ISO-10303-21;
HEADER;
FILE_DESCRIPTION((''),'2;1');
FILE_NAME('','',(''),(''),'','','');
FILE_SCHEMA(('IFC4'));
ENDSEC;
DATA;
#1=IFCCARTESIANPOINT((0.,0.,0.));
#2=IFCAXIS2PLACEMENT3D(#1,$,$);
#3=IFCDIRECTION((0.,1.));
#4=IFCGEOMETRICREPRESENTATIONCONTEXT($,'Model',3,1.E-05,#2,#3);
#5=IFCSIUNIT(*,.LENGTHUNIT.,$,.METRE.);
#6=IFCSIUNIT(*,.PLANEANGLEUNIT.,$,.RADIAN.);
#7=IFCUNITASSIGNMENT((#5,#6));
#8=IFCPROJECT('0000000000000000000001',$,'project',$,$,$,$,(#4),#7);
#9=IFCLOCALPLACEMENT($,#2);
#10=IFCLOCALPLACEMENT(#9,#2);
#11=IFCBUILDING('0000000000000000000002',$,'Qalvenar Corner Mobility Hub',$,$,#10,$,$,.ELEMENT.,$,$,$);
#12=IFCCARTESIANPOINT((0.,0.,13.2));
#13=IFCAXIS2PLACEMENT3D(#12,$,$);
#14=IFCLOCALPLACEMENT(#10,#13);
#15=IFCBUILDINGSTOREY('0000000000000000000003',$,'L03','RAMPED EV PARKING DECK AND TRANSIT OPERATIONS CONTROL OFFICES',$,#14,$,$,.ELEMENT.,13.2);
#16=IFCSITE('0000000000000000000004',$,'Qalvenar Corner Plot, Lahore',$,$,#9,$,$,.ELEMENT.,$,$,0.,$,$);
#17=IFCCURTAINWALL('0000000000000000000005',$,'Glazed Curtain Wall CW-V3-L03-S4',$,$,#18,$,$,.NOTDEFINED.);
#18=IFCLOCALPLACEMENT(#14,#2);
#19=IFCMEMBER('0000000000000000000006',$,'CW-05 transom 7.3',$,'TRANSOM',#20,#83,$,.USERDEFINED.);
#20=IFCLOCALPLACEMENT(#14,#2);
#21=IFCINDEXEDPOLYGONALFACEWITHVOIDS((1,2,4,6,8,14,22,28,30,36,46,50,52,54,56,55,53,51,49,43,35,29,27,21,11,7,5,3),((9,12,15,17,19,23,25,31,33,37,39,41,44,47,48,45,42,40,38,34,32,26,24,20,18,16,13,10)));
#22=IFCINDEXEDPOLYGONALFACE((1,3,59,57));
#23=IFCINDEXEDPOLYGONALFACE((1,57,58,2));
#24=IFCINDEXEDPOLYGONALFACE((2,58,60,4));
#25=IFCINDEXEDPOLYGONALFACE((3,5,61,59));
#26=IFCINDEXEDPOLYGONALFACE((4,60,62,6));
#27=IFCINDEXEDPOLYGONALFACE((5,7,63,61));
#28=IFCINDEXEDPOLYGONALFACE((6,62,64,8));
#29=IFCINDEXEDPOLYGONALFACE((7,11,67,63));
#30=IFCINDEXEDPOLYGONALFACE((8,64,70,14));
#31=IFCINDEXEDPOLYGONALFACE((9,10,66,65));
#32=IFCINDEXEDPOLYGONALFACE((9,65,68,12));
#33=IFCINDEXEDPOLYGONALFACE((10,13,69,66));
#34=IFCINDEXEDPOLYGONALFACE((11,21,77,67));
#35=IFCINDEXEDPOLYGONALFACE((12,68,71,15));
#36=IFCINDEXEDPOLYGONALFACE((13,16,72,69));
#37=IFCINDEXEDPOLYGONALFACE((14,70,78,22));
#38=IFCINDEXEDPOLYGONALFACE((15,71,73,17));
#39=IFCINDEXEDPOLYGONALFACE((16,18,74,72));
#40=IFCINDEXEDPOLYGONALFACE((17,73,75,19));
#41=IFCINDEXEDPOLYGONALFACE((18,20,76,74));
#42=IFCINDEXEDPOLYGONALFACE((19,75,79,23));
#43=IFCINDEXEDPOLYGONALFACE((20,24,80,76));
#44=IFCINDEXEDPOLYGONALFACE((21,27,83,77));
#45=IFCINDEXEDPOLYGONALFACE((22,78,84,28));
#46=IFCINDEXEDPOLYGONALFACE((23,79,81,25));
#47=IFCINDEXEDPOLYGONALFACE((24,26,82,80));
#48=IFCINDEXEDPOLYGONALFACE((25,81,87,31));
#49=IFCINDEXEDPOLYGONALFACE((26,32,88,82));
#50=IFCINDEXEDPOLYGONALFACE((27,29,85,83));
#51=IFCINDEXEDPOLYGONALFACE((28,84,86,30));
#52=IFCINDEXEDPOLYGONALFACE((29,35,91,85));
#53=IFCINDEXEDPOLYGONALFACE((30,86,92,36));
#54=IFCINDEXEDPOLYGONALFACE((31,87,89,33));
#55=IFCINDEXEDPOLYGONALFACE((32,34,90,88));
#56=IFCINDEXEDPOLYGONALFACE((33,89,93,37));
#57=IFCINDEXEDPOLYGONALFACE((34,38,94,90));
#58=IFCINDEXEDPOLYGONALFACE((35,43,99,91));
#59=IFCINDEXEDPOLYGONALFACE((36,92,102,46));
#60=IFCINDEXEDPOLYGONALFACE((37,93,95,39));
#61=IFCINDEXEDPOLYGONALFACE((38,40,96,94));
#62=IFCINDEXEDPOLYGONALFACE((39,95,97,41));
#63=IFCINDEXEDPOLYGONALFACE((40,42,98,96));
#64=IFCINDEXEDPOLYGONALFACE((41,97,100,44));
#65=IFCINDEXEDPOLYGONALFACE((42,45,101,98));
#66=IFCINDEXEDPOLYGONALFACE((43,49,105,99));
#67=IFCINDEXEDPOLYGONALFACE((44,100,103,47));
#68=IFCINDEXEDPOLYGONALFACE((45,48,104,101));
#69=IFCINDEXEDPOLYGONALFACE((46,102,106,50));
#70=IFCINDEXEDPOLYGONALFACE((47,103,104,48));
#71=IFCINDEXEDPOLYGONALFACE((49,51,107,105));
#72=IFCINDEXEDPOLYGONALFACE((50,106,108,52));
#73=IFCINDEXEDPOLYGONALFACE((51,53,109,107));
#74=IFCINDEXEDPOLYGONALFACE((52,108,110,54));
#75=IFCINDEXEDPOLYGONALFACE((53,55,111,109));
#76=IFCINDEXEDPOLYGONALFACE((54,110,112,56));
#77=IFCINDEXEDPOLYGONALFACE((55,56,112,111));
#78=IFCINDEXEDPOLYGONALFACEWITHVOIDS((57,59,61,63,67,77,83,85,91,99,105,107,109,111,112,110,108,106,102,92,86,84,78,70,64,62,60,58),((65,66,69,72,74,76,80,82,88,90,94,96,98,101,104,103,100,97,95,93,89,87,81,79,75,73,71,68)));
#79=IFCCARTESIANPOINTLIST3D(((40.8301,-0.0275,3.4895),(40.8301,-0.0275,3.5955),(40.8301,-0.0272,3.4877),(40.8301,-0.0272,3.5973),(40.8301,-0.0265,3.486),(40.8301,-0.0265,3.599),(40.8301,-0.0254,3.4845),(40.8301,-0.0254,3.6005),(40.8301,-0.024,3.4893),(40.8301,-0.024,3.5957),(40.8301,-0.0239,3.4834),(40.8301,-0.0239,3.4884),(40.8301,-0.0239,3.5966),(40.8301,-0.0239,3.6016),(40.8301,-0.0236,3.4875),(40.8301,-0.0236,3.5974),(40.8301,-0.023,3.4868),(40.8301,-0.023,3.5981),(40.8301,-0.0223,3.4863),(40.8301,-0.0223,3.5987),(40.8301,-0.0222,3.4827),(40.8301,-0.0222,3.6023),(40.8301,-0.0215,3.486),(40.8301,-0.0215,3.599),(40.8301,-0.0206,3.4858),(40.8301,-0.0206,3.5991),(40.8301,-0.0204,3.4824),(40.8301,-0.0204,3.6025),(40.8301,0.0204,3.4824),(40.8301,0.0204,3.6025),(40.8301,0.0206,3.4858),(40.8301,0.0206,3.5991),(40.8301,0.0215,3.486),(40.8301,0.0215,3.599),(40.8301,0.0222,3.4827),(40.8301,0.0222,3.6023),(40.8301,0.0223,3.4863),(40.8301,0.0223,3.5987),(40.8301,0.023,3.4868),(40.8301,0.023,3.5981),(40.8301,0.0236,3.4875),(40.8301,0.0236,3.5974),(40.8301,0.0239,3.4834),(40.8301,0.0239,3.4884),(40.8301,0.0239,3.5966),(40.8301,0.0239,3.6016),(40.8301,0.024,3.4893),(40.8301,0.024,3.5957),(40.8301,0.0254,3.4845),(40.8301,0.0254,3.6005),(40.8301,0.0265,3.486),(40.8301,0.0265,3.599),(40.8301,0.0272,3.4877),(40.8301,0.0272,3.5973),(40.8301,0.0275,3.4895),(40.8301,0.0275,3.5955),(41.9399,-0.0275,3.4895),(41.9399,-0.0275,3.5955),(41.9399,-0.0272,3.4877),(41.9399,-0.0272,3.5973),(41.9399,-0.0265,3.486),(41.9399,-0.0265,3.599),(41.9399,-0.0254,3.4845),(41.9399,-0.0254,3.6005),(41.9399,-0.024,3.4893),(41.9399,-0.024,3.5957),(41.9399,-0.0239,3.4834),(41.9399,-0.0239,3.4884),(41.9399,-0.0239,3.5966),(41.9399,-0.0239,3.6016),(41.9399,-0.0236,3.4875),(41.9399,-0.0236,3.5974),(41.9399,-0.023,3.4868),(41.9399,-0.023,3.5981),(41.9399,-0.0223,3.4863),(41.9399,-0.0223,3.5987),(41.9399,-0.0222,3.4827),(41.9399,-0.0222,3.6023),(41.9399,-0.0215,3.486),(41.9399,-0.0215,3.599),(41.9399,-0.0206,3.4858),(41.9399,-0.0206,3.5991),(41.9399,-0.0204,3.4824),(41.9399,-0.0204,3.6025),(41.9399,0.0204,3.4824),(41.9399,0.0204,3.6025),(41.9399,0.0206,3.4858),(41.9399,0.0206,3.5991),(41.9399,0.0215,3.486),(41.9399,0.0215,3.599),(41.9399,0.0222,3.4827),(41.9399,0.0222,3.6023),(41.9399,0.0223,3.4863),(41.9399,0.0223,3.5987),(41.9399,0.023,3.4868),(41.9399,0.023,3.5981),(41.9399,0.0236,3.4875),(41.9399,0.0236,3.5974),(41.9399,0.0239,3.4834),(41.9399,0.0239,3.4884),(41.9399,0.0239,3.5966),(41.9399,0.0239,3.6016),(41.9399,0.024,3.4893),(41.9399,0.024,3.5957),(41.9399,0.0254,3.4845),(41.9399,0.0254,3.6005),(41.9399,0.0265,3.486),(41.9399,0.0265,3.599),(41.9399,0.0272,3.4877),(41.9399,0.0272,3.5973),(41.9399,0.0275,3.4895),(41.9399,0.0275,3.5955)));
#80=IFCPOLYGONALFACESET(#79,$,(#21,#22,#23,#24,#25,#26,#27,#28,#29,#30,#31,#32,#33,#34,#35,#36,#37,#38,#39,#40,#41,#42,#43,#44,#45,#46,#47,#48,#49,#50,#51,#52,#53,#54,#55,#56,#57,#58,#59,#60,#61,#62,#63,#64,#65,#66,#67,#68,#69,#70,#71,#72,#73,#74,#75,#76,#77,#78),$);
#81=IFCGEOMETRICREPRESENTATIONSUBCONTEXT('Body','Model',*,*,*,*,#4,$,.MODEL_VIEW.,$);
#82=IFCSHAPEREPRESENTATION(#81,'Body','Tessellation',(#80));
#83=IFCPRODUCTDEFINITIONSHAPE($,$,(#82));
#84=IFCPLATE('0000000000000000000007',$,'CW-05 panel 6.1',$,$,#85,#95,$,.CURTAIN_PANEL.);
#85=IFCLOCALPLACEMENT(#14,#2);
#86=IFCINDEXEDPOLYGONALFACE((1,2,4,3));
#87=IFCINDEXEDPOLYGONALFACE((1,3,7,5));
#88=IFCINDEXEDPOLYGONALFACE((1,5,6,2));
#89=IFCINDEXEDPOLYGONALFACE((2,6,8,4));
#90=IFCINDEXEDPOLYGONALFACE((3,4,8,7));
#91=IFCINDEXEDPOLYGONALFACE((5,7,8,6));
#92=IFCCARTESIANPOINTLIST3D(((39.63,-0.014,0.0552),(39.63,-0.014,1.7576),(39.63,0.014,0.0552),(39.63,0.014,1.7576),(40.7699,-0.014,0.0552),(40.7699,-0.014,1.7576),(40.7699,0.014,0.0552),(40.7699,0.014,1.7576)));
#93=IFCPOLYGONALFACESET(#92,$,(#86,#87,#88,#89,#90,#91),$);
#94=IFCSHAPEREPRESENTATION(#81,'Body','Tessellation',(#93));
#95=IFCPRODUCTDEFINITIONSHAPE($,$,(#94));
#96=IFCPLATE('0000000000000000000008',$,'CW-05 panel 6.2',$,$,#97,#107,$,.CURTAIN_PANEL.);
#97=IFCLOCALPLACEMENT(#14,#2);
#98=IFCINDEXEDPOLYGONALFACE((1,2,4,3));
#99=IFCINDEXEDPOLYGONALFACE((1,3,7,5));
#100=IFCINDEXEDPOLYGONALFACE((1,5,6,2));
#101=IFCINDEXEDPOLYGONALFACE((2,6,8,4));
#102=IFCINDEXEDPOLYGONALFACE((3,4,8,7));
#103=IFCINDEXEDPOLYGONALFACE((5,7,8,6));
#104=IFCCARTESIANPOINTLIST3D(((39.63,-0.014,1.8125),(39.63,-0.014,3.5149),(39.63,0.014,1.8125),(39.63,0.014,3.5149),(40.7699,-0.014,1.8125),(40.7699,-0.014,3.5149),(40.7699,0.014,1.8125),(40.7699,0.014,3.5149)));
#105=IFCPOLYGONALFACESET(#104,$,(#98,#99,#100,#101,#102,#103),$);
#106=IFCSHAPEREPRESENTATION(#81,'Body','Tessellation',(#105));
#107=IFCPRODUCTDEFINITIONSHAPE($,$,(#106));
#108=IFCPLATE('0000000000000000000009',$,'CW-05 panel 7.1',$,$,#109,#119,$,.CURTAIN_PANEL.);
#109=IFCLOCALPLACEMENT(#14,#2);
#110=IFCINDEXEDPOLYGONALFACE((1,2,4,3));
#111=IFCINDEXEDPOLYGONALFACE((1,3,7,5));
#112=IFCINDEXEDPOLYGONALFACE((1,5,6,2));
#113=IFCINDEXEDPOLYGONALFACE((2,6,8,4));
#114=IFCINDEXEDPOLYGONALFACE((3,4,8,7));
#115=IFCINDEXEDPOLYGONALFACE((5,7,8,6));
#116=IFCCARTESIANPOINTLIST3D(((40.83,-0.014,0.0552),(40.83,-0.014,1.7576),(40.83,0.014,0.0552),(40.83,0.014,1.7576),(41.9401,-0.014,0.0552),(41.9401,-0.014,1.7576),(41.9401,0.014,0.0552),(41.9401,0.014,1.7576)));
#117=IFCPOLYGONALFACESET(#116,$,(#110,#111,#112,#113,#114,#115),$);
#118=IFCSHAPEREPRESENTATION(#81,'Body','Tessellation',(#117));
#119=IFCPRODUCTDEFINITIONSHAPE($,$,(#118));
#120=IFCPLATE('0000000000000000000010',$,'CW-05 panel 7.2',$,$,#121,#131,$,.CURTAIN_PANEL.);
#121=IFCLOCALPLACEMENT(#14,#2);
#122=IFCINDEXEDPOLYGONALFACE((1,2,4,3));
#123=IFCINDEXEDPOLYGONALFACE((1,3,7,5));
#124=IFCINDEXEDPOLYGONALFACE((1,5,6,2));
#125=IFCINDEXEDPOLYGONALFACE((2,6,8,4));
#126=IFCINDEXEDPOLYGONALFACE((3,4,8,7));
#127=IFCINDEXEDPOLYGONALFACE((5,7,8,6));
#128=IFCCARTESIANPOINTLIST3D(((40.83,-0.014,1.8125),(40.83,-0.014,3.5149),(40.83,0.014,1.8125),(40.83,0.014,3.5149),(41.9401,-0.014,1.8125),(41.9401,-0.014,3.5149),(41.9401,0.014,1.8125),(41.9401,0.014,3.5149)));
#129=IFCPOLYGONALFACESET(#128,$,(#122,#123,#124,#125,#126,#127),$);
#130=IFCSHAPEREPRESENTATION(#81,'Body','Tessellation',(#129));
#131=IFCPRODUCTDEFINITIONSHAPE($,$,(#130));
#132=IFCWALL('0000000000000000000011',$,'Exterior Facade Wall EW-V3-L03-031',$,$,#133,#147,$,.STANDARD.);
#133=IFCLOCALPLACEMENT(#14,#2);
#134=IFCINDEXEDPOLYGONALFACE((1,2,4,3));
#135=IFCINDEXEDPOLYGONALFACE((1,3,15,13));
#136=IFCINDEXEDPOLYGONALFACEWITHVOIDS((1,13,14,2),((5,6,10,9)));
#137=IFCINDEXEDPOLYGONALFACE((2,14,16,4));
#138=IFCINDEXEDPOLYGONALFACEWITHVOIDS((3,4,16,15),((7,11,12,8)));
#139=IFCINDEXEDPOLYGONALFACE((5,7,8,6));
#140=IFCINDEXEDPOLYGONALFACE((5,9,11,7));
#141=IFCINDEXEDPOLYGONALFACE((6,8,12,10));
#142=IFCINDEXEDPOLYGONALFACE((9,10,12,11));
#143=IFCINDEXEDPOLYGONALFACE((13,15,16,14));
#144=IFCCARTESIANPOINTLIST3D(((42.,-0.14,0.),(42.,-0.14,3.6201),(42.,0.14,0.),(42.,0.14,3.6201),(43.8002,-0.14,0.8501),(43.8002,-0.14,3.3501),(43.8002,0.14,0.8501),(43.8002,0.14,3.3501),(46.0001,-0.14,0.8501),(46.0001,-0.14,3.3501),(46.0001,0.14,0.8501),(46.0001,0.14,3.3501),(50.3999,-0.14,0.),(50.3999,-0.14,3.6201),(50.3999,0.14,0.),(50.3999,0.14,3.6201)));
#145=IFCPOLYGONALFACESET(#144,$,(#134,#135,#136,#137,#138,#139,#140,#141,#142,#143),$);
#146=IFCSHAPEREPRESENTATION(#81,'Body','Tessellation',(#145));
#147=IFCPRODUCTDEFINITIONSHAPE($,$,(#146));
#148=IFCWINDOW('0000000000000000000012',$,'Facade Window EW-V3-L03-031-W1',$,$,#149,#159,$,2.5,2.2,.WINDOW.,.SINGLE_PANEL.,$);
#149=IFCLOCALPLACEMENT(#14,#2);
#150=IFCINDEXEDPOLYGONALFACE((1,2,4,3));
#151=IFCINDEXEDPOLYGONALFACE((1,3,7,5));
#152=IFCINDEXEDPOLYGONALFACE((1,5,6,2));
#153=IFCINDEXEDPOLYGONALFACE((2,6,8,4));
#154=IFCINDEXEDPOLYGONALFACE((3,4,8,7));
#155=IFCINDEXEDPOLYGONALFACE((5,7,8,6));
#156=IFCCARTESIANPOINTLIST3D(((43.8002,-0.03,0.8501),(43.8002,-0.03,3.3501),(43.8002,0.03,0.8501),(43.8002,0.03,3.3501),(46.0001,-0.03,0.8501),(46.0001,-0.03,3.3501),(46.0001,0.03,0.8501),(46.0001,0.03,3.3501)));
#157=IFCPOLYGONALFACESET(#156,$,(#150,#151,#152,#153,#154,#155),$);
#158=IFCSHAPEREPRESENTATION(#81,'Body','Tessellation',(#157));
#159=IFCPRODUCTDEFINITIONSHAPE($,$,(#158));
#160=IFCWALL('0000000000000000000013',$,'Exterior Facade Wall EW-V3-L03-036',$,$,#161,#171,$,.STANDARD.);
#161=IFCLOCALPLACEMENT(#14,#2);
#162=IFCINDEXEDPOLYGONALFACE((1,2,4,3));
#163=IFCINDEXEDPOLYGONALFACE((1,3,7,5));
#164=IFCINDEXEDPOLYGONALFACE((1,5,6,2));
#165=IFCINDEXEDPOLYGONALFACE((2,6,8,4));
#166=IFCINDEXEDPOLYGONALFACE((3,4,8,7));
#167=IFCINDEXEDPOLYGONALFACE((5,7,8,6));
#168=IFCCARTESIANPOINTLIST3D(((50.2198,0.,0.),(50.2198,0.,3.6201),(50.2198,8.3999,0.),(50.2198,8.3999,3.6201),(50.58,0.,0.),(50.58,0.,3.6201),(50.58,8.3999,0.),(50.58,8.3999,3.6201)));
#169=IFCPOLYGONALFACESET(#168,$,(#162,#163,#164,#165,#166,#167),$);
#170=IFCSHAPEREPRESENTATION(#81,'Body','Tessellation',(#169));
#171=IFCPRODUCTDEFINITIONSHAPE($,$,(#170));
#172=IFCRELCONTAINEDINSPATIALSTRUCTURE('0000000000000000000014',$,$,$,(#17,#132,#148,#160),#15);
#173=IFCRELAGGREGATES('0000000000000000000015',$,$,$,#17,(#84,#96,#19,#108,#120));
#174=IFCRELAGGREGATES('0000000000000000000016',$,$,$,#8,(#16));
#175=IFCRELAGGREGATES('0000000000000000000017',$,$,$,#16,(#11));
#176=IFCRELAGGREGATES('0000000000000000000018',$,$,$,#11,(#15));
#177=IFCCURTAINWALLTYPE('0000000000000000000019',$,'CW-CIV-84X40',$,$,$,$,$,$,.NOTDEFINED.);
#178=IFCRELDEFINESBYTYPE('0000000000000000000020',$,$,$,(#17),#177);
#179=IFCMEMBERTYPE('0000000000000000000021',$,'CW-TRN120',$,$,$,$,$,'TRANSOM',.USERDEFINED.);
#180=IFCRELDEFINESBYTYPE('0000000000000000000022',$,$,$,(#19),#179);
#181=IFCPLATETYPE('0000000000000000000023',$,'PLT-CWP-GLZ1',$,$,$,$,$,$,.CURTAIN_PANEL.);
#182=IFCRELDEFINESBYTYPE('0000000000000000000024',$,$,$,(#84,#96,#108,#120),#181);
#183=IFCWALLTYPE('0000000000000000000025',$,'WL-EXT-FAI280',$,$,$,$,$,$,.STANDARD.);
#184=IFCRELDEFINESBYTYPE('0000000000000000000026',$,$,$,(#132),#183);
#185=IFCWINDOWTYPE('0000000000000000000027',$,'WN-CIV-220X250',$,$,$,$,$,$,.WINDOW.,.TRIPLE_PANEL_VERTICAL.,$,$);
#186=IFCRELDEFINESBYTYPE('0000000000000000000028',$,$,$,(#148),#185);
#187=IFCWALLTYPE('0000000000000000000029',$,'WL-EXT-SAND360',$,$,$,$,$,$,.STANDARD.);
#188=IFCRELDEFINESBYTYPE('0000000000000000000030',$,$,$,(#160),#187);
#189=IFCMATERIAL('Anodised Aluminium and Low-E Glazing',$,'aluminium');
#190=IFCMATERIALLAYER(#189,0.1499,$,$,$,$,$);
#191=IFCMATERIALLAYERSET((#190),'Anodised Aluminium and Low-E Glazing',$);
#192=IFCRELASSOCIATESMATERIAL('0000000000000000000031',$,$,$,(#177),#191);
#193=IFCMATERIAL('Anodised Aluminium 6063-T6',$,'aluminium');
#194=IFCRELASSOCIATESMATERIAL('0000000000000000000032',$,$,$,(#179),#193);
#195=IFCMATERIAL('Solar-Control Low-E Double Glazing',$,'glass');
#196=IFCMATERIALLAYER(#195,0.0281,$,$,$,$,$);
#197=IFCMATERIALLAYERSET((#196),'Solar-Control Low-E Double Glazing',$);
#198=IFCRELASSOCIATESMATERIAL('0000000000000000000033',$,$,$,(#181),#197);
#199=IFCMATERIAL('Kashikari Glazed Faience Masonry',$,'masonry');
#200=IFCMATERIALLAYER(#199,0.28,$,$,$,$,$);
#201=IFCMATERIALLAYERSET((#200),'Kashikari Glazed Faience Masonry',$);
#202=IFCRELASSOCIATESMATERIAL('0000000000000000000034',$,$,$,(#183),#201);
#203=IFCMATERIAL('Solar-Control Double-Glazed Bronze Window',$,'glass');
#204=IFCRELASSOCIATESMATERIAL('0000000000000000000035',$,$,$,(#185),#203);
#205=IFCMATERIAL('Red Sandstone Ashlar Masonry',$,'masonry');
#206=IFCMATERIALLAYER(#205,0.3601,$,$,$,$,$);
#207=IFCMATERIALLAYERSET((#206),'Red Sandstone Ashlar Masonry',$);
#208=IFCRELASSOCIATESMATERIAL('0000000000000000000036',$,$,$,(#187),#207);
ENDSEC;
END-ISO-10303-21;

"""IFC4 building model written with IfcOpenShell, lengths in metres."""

from ifc_helpers import new_model, si_unit, direction, frame, frame_2d, origin, origin_2d, place, context, subcontext, project, spatial, rectangle, hollow_rectangle, extrude, material, layer, layer_set, material_profile, profile_set, type_object, element, fill, aggregate, save


model = new_model("IFC4")

# Units and contexts
model_context = context("Model", 3, precision=1e-05, world=origin(), true_north=direction((0.0, 1.0)))
body_context = subcontext(model_context, "Body", "Model", "MODEL_VIEW")
ifc_project = project(units=[si_unit("LENGTHUNIT", "METRE"), si_unit("PLANEANGLEUNIT", "RADIAN")], contexts=[model_context])

# Site, building, storey
site_placement = place(None, origin())
site = spatial("IfcSite", under=ifc_project, at=site_placement, Name="Qalvenar Corner Plot, Lahore", CompositionType="ELEMENT", RefElevation=0.0)
building_placement = place(site_placement, origin())
building = spatial("IfcBuilding", under=site, at=building_placement, Name="Qalvenar Corner Mobility Hub", CompositionType="ELEMENT")
storey_placement = place(building_placement, frame((0.0, 0.0, 13.2)))
storey = spatial("IfcBuildingStorey", under=building, at=storey_placement, Name="L03", Description="RAMPED EV PARKING DECK AND TRANSIT OPERATIONS CONTROL OFFICES", CompositionType="ELEMENT", Elevation=13.2)

# Curtain wall, member, plates
ifc_material_1 = material(Name="Anodised Aluminium and Low-E Glazing", Category="aluminium")
ifc_layer_1 = layer(ifc_material_1, 0.1499)
ifc_layer_set_1 = layer_set([ifc_layer_1], Name="Anodised Aluminium and Low-E Glazing")
curtain_wall_type = type_object("IfcCurtainWallType", Name="CW-CIV-84X40", PredefinedType="NOTDEFINED", material=ifc_layer_set_1)
curtain_wall_placement = place(storey_placement, origin())
curtain_wall = element("IfcCurtainWall", 1, at=curtain_wall_placement, inside=storey, type_object=curtain_wall_type, Name="Glazed Curtain Wall CW-V3-L03-S4", PredefinedType="NOTDEFINED")
ifc_material_2 = material(Name="Anodised Aluminium 6063-T6", Category="aluminium")
ifc_material_profile_1 = material_profile(ifc_material_2, hollow_rectangle(XDim=0.0549, YDim=0.1201, WallThickness=0.0034, InnerFilletRadius=0.0034, OuterFilletRadius=0.0071, at=origin_2d()), Name="RHS120x55x3.5")
ifc_profile_set_1 = profile_set([ifc_material_profile_1], Name="Anodised Aluminium 6063-T6")
member_type_1 = type_object("IfcMemberType", Name="CW-TRN120", ElementType="TRANSOM", PredefinedType="USERDEFINED", material=ifc_profile_set_1)
member_1_placement = place(storey_placement, frame((40.8301, 0.0, 3.5425), z_axis=(1.0, 0.0, 0.0), x_axis=(0.0, 1.0, 0.0)))
member_1 = element("IfcMember", 2, at=member_1_placement, type_object=member_type_1, Name="CW-05 transom 7.3", ObjectType="TRANSOM", PredefinedType="USERDEFINED", context=body_context, shape_type="SweptSolid", body=[
    extrude(hollow_rectangle(XDim=0.0549, YDim=0.1201, WallThickness=0.0034, InnerFilletRadius=0.0034, OuterFilletRadius=0.0071, at=origin_2d()), origin(), (0.0, 0.0, 1.0), 1.1099),
])
ifc_material_3 = material(Name="Solar-Control Low-E Double Glazing", Category="glass")
ifc_layer_2 = layer(ifc_material_3, 0.0281)
ifc_layer_set_2 = layer_set([ifc_layer_2], Name="Solar-Control Low-E Double Glazing")
plate_type = type_object("IfcPlateType", Name="PLT-CWP-GLZ1", PredefinedType="CURTAIN_PANEL", material=ifc_layer_set_2)
plate_1_placement = place(storey_placement, frame((40.2, 0.0, 0.0552), z_axis=(0.0, 0.0, 1.0), x_axis=(1.0, 0.0, 0.0)))
plate_1 = element("IfcPlate", 3, at=plate_1_placement, type_object=plate_type, Name="CW-05 panel 6.1", PredefinedType="CURTAIN_PANEL", context=body_context, shape_type="SweptSolid", body=[
    extrude(rectangle(XDim=1.1399, YDim=0.0281, at=origin_2d()), origin(), (0.0, 0.0, 1.0), 1.7024),
])
plate_2_placement = place(storey_placement, frame((40.2, 0.0, 1.8125), z_axis=(0.0, 0.0, 1.0), x_axis=(1.0, 0.0, 0.0)))
plate_2 = element("IfcPlate", 4, at=plate_2_placement, type_object=plate_type, Name="CW-05 panel 6.2", PredefinedType="CURTAIN_PANEL", context=body_context, shape_type="SweptSolid", body=[
    extrude(rectangle(XDim=1.1399, YDim=0.0281, at=origin_2d()), origin(), (0.0, 0.0, 1.0), 1.7024),
])
plate_3_placement = place(storey_placement, frame((41.385, 0.0, 0.0552), z_axis=(0.0, 0.0, 1.0), x_axis=(1.0, 0.0, 0.0)))
plate_3 = element("IfcPlate", 5, at=plate_3_placement, type_object=plate_type, Name="CW-05 panel 7.1", PredefinedType="CURTAIN_PANEL", context=body_context, shape_type="SweptSolid", body=[
    extrude(rectangle(XDim=1.1101, YDim=0.0281, at=origin_2d()), origin(), (0.0, 0.0, 1.0), 1.7024),
])
plate_4_placement = place(storey_placement, frame((41.385, 0.0, 1.8125), z_axis=(0.0, 0.0, 1.0), x_axis=(1.0, 0.0, 0.0)))
plate_4 = element("IfcPlate", 6, at=plate_4_placement, type_object=plate_type, Name="CW-05 panel 7.2", PredefinedType="CURTAIN_PANEL", context=body_context, shape_type="SweptSolid", body=[
    extrude(rectangle(XDim=1.1101, YDim=0.0281, at=origin_2d()), origin(), (0.0, 0.0, 1.0), 1.7024),
])
aggregate(curtain_wall, [plate_1, plate_2, member_1, plate_3, plate_4])

# Wall, opening, window
ifc_material_4 = material(Name="Kashikari Glazed Faience Masonry", Category="masonry")
ifc_layer_3 = layer(ifc_material_4, 0.28)
ifc_layer_set_3 = layer_set([ifc_layer_3], Name="Kashikari Glazed Faience Masonry")
wall_type_1 = type_object("IfcWallType", Name="WL-EXT-FAI280", PredefinedType="STANDARD", material=ifc_layer_set_3)
wall_1_placement = place(storey_placement, frame((42.0, 0.0, 0.0), z_axis=(0.0, 0.0, 1.0), x_axis=(1.0, 0.0, 0.0)))
wall_1 = element("IfcWall", 7, at=wall_1_placement, inside=storey, type_object=wall_type_1, Name="Exterior Facade Wall EW-V3-L03-031", PredefinedType="STANDARD", context=body_context, shape_type="SweptSolid", body=[
    extrude(rectangle(XDim=8.3999, YDim=0.28, at=frame_2d((4.2, 0.0))), origin(), (0.0, 0.0, 1.0), 3.6201),
])
opening_1_placement = place(wall_1_placement, frame((1.8, 0.0, 0.8501)))
opening_1 = element("IfcOpeningElement", 8, at=opening_1_placement, cuts=wall_1, PredefinedType="OPENING", context=body_context, shape_type="SweptSolid", body=[
    extrude(rectangle(XDim=2.2, YDim=2.5, at=frame_2d((1.1001, 1.25))), frame((0.0, 0.1499, 0.0), z_axis=(0.0, -1.0, 0.0), x_axis=(1.0, 0.0, 0.0)), (0.0, 0.0, 1.0), 0.3),
])
ifc_material_5 = material(Name="Solar-Control Double-Glazed Bronze Window", Category="glass")
window_type = type_object("IfcWindowType", Name="WN-CIV-220X250", PartitioningType="TRIPLE_PANEL_VERTICAL", PredefinedType="WINDOW", material=ifc_material_5)
window_placement = place(opening_1_placement, origin())
window = element("IfcWindow", 9, at=window_placement, inside=storey, type_object=window_type, Name="Facade Window EW-V3-L03-031-W1", OverallHeight=2.5, OverallWidth=2.2, PartitioningType="SINGLE_PANEL", PredefinedType="WINDOW", context=body_context, shape_type="SweptSolid", body=[
    extrude(rectangle(XDim=2.2, YDim=2.5, at=frame_2d((1.1001, 1.25))), frame((0.0, 0.03, 0.0), z_axis=(0.0, -1.0, 0.0), x_axis=(1.0, 0.0, 0.0)), (0.0, 0.0, 1.0), 0.0601),
])
fill(opening_1, window)

# Wall
ifc_material_6 = material(Name="Red Sandstone Ashlar Masonry", Category="masonry")
ifc_layer_4 = layer(ifc_material_6, 0.3601)
ifc_layer_set_4 = layer_set([ifc_layer_4], Name="Red Sandstone Ashlar Masonry")
wall_type_2 = type_object("IfcWallType", Name="WL-EXT-SAND360", PredefinedType="STANDARD", material=ifc_layer_set_4)
wall_2_placement = place(storey_placement, frame((50.3999, 0.0, 0.0), z_axis=(0.0, 0.0, 1.0), x_axis=(0.0, 1.0, 0.0)))
element("IfcWall", 10, at=wall_2_placement, inside=storey, type_object=wall_type_2, Name="Exterior Facade Wall EW-V3-L03-036", PredefinedType="STANDARD", context=body_context, shape_type="SweptSolid", body=[
    extrude(rectangle(XDim=8.3999, YDim=0.3601, at=frame_2d((4.2, 0.0))), origin(), (0.0, 0.0, 1.0), 3.6201),
])

save(model, "model.ifc")
